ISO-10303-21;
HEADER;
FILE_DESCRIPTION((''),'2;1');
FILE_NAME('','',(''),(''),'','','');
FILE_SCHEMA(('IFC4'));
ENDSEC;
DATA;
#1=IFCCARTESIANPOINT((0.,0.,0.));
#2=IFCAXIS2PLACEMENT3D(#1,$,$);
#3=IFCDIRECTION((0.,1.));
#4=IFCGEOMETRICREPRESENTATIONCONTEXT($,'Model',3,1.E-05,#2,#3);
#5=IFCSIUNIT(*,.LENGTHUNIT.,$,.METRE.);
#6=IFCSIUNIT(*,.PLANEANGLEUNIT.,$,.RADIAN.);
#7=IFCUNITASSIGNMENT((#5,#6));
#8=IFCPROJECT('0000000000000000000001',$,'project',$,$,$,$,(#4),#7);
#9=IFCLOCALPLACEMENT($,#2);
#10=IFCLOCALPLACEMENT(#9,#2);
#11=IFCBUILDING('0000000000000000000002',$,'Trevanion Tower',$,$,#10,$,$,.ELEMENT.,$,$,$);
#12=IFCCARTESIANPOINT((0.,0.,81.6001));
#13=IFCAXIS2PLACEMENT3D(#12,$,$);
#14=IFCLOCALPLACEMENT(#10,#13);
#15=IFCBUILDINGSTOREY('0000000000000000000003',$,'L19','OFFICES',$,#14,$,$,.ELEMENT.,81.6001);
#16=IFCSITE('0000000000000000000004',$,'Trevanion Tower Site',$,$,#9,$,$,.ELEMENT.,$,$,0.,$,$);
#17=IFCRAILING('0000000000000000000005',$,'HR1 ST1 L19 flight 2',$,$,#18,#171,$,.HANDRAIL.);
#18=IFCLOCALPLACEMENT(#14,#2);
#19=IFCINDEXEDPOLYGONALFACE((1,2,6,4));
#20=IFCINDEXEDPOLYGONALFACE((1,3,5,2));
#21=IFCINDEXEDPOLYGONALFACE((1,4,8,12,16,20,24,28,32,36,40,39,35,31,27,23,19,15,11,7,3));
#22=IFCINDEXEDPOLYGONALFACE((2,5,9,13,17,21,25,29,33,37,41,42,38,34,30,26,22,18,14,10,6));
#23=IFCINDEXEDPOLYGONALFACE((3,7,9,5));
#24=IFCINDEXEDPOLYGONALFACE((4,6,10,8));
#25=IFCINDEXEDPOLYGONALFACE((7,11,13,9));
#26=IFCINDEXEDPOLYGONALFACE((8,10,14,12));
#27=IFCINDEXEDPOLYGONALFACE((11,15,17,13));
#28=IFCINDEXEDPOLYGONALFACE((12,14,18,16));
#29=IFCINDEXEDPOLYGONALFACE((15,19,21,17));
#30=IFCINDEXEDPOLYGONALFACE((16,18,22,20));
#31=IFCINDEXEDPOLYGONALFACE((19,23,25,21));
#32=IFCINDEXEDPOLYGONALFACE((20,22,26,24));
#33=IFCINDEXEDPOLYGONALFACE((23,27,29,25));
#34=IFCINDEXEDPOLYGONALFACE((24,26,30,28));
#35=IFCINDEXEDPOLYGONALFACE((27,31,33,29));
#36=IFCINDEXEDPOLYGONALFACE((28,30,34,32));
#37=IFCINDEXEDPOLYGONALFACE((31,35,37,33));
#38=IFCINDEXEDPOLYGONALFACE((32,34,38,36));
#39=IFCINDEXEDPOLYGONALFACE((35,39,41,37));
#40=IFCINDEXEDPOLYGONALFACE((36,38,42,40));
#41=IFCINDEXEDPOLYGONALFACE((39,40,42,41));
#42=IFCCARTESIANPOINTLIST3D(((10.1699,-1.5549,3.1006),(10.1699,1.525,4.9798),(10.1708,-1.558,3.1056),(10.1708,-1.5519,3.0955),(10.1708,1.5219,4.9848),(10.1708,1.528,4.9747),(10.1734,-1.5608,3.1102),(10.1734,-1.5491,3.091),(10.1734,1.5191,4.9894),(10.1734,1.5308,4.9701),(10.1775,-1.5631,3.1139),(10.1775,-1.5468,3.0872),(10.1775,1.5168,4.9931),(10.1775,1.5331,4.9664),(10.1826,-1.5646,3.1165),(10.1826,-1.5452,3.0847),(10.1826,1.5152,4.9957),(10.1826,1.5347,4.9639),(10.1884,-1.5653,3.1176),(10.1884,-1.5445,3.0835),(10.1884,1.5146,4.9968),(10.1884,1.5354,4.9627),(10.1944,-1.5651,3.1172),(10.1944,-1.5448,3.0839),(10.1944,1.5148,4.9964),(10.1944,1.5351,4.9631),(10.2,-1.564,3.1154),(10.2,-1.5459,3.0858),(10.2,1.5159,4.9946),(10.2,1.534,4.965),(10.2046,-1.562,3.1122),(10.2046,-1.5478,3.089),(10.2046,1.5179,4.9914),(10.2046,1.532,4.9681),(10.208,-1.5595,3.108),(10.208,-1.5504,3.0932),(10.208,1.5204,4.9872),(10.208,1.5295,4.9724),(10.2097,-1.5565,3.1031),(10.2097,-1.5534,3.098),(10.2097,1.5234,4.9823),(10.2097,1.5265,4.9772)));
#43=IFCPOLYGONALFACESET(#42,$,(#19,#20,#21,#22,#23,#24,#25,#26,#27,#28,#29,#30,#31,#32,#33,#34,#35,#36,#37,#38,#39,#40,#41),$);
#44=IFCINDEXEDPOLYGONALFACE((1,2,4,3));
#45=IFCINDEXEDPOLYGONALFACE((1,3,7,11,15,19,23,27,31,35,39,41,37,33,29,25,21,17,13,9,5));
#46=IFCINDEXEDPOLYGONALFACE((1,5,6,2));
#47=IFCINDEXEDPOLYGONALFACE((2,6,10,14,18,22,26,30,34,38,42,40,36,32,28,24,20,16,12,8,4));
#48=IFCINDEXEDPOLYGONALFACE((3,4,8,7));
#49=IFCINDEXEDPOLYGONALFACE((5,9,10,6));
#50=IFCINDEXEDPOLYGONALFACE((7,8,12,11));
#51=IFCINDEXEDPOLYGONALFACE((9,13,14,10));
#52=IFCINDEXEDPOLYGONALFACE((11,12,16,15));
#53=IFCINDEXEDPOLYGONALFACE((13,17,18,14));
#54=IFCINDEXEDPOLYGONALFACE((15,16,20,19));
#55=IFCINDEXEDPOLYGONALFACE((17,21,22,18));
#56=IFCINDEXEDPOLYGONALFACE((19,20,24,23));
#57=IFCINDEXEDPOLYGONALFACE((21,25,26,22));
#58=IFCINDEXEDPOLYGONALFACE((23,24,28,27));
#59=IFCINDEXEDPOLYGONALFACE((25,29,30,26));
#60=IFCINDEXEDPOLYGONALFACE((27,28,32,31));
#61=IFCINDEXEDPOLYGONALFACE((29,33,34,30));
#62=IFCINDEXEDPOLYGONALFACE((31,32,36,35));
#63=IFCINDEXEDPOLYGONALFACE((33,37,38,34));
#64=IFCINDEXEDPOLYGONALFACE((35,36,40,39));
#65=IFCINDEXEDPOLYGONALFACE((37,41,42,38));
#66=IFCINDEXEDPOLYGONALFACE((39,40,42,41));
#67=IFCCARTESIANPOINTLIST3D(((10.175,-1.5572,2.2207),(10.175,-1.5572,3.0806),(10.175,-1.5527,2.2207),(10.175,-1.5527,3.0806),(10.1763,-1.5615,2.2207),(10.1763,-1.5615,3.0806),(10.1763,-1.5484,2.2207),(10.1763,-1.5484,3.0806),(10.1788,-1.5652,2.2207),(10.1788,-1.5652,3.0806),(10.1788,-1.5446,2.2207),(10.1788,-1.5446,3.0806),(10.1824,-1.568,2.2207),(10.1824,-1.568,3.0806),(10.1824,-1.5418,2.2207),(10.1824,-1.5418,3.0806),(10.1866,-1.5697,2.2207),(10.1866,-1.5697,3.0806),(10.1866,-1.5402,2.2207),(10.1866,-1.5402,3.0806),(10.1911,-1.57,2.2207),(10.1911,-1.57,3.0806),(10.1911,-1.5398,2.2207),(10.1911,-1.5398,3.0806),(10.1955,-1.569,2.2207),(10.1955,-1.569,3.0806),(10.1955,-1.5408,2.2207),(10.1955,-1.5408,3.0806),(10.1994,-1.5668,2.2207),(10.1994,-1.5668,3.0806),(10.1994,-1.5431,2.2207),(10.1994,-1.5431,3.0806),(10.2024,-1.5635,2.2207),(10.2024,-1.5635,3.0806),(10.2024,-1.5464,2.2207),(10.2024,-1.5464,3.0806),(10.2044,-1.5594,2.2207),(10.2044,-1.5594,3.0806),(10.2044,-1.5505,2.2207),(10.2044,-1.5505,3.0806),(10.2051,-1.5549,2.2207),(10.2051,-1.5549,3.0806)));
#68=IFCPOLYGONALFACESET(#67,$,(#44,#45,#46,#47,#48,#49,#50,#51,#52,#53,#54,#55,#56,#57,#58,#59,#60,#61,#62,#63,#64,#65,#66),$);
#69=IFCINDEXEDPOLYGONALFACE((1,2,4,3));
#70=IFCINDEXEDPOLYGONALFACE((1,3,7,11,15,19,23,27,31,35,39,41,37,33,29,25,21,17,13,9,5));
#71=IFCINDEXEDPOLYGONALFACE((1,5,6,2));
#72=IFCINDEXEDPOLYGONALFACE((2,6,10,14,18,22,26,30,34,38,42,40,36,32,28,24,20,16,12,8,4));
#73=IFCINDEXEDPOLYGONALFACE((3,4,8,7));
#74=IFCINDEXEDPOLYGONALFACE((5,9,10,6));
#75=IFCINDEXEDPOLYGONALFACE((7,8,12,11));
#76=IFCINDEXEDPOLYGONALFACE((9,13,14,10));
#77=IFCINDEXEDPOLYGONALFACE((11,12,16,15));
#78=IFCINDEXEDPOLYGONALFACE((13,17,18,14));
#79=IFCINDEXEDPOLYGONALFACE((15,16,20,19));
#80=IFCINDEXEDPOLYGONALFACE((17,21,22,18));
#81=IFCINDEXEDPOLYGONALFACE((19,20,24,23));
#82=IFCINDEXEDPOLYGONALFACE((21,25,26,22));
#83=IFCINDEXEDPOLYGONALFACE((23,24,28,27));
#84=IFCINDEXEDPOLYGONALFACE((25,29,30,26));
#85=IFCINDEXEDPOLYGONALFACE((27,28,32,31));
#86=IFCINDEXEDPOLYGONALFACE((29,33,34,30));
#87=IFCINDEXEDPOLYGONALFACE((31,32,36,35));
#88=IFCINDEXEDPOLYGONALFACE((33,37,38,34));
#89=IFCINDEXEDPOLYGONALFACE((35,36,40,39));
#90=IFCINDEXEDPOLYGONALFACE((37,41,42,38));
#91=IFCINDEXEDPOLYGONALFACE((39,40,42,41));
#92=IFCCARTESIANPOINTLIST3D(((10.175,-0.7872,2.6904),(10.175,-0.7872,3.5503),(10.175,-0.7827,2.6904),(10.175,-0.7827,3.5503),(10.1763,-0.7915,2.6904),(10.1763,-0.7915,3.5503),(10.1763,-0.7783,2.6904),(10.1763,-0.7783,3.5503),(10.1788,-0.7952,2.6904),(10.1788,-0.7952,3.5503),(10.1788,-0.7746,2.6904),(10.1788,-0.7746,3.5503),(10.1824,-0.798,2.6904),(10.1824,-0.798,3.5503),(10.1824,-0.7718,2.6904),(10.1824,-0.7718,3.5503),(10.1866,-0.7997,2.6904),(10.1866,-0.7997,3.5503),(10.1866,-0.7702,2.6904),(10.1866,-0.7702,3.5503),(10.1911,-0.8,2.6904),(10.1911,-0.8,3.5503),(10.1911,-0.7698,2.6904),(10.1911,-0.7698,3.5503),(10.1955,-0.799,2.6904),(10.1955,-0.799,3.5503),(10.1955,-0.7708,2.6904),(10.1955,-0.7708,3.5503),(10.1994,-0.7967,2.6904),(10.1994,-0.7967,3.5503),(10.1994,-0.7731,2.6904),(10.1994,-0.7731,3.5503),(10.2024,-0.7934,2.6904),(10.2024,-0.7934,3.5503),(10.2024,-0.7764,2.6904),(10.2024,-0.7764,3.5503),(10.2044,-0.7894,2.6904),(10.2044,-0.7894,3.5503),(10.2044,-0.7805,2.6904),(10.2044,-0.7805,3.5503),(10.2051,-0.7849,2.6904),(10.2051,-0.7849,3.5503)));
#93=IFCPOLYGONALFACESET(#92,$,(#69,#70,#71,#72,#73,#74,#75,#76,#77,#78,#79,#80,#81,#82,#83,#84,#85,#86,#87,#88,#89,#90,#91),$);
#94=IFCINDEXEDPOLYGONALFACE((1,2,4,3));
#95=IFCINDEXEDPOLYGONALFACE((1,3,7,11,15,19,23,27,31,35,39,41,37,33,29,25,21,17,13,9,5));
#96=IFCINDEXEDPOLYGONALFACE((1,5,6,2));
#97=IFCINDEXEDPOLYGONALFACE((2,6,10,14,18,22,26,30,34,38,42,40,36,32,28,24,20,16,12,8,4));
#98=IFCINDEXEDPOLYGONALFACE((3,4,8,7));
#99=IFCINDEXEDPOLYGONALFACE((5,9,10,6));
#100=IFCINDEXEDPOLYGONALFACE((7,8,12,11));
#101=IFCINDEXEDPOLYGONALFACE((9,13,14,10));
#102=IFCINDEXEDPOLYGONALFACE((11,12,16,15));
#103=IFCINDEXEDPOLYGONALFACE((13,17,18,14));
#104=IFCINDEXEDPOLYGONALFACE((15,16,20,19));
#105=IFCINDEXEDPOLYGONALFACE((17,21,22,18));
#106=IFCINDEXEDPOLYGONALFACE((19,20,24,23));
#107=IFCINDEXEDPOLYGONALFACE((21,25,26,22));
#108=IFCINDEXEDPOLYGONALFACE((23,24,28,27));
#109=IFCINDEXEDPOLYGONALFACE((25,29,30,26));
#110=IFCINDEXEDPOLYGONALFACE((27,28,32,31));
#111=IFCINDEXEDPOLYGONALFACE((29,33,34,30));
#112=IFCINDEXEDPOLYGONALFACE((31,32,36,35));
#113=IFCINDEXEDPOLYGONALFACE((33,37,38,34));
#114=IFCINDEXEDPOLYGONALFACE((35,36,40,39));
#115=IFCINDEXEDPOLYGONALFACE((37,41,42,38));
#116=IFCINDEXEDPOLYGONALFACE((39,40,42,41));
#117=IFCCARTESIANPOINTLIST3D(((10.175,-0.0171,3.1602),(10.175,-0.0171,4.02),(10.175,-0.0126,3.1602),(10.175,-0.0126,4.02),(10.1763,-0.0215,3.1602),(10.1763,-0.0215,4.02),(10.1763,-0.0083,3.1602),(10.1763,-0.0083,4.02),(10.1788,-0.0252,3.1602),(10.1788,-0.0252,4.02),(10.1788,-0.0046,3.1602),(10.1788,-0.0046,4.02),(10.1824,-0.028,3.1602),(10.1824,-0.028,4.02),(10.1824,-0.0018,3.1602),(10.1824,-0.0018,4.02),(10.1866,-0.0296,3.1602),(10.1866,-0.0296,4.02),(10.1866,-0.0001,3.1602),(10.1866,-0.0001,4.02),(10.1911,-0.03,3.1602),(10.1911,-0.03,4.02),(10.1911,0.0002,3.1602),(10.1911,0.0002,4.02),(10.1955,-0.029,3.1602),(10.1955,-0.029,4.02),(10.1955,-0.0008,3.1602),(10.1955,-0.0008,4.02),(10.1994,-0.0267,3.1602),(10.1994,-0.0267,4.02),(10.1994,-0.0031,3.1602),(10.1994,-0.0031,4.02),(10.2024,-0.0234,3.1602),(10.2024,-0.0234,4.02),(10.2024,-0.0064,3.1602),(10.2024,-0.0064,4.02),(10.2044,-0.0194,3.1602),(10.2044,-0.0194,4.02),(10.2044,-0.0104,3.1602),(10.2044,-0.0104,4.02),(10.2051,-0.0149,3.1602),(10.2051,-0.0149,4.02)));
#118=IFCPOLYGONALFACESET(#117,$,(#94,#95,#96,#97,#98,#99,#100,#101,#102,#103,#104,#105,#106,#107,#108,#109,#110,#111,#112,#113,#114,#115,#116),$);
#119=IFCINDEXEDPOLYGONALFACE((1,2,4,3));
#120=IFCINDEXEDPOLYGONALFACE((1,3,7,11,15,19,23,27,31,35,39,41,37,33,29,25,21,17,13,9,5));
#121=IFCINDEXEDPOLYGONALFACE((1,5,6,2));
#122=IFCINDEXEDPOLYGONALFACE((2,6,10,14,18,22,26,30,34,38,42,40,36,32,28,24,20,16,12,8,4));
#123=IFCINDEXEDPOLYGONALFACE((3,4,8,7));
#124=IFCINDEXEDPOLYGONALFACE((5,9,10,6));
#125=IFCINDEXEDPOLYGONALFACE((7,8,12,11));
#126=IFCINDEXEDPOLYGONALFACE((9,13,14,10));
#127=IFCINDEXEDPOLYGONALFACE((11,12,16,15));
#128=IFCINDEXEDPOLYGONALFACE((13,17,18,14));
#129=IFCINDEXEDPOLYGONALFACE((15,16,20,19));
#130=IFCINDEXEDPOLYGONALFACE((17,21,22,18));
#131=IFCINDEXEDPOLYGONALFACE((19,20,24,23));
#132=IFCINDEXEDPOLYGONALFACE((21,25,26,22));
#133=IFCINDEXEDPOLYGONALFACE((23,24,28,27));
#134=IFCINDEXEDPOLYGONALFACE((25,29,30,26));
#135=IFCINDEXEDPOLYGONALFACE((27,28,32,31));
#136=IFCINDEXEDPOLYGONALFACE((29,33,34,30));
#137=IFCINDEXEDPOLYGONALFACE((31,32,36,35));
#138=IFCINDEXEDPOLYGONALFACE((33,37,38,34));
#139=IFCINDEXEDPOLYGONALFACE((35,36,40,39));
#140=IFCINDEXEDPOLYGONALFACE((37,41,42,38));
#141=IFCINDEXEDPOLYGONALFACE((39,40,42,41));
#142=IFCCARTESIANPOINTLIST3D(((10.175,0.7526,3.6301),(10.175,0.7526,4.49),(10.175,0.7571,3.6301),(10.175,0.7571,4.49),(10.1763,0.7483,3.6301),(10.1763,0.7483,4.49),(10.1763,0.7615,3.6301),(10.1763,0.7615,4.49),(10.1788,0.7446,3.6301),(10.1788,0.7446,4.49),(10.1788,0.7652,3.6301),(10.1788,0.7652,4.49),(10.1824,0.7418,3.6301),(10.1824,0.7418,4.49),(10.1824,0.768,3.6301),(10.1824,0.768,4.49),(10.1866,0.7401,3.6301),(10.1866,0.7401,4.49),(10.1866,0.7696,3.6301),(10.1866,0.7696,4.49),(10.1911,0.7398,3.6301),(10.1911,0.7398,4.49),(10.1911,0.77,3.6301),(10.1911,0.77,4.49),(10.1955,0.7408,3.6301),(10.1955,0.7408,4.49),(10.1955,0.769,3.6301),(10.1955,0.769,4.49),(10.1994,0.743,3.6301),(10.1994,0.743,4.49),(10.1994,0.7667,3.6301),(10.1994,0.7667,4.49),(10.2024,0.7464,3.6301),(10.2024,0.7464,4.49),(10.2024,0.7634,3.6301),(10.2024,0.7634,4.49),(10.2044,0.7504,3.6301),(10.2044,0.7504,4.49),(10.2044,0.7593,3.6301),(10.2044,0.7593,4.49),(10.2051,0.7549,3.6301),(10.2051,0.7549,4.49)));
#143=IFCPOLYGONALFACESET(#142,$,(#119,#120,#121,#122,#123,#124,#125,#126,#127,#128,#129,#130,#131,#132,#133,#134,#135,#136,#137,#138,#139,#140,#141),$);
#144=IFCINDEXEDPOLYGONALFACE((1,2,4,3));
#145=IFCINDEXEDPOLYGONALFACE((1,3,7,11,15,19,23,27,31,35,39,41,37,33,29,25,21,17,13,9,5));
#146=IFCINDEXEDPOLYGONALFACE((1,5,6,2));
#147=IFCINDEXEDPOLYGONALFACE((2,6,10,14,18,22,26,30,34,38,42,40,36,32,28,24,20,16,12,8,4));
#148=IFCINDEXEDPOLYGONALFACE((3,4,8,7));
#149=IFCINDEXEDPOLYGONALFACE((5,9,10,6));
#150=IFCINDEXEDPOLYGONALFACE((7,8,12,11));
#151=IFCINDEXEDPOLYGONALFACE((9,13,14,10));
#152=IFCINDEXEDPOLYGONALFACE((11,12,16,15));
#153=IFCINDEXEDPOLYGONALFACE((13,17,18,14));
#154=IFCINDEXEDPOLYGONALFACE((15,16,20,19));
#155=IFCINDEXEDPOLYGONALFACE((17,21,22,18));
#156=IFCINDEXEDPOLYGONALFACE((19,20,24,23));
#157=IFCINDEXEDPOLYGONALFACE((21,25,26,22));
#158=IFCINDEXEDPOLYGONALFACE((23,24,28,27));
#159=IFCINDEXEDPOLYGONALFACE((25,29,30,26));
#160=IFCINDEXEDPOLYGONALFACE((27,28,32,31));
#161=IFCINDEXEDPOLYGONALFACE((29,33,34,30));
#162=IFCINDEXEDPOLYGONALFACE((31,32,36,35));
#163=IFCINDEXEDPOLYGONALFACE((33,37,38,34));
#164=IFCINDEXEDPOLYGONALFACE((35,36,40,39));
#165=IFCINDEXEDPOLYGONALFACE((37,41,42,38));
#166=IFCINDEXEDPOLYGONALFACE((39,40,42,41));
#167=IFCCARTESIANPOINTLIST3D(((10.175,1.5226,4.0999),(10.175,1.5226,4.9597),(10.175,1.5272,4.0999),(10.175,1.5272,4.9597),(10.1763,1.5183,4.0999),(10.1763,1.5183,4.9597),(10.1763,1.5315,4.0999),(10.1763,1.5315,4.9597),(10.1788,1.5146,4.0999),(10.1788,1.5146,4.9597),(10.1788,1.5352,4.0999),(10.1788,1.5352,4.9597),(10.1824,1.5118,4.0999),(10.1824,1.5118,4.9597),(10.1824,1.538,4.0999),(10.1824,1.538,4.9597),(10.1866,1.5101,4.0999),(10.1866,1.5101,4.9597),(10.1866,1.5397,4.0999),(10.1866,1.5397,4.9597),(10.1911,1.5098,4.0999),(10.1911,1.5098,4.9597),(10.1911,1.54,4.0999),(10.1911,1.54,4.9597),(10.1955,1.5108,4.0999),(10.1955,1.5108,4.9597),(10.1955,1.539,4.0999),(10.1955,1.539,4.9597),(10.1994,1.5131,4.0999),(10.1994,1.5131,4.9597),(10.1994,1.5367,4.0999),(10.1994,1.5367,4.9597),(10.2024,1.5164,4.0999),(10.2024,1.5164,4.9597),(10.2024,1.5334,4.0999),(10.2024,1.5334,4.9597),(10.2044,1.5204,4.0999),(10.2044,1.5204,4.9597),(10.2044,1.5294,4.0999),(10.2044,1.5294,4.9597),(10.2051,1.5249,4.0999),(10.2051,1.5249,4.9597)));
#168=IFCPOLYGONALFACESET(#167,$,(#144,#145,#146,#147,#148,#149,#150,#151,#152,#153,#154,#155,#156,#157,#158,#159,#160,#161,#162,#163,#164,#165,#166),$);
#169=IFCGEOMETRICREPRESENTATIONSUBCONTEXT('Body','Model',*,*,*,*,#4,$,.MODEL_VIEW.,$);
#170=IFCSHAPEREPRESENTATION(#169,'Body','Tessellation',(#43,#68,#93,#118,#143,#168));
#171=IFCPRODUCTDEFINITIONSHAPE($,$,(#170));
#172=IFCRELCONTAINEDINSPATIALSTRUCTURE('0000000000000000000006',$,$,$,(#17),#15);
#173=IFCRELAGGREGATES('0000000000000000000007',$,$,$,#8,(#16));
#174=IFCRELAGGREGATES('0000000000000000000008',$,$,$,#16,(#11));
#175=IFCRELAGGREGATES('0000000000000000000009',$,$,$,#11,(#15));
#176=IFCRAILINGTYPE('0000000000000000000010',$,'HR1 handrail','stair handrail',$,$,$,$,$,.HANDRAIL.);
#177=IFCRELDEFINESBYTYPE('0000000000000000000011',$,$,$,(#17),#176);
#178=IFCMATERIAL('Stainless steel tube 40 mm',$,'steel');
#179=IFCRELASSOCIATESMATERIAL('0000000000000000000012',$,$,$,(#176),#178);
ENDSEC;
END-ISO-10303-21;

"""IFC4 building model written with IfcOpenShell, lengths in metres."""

from ifc_helpers import new_model, si_unit, direction, frame, origin, origin_2d, place, context, subcontext, project, spatial, circle, extrude, material, type_object, element, save


model = new_model("IFC4")

# Units and contexts
model_context = context("Model", 3, precision=1e-05, world=origin(), true_north=direction((0.0, 1.0)))
body_context = subcontext(model_context, "Body", "Model", "MODEL_VIEW")
ifc_project = project(units=[si_unit("LENGTHUNIT", "METRE"), si_unit("PLANEANGLEUNIT", "RADIAN")], contexts=[model_context])

# Site, building, storey
site_placement = place(None, origin())
site = spatial("IfcSite", under=ifc_project, at=site_placement, Name="Trevanion Tower Site", CompositionType="ELEMENT", RefElevation=0.0)
building_placement = place(site_placement, origin())
building = spatial("IfcBuilding", under=site, at=building_placement, Name="Trevanion Tower", CompositionType="ELEMENT")
storey_placement = place(building_placement, frame((0.0, 0.0, 81.6001)))
storey = spatial("IfcBuildingStorey", under=building, at=storey_placement, Name="L19", Description="OFFICES", CompositionType="ELEMENT", Elevation=81.6001)

# Railing
ifc_material_1 = material(Name="Stainless steel tube 40 mm", Category="steel")
railing_type = type_object("IfcRailingType", Name="HR1 handrail", Description="stair handrail", PredefinedType="HANDRAIL", material=ifc_material_1)
for number, where, name in (
    (1, (10.1899, -1.5549, 2.2207), "HR1 ST1 L19 flight 2"),
):
    element("IfcRailing", number, at=place(storey_placement, frame(where)), inside=storey, type_object=railing_type, Name=name, PredefinedType="HANDRAIL", context=body_context, shape_type="SweptSolid", body=[
        extrude(circle(Radius=0.02, at=origin_2d()), frame((0.0, 0.0, 0.8799), z_axis=(0.0, 0.853648, 0.52085), x_axis=(-1.0, 0.0, 0.0)), (0.0, 0.0, 1.0), 3.6079),
        extrude(circle(Radius=0.0151, at=origin_2d()), origin(), (0.0, 0.0, 1.0), 0.8599),
        extrude(circle(Radius=0.0151, at=origin_2d()), frame((0.0, 0.77, 0.4697)), (0.0, 0.0, 1.0), 0.8599),
        extrude(circle(Radius=0.0151, at=origin_2d()), frame((0.0, 1.54, 0.9395)), (0.0, 0.0, 1.0), 0.8599),
        extrude(circle(Radius=0.0151, at=origin_2d()), frame((0.0, 2.3098, 1.4094)), (0.0, 0.0, 1.0), 0.8599),
        extrude(circle(Radius=0.0151, at=origin_2d()), frame((0.0, 3.0798, 1.8792)), (0.0, 0.0, 1.0), 0.8599),
    ])

save(model, "model.ifc")
